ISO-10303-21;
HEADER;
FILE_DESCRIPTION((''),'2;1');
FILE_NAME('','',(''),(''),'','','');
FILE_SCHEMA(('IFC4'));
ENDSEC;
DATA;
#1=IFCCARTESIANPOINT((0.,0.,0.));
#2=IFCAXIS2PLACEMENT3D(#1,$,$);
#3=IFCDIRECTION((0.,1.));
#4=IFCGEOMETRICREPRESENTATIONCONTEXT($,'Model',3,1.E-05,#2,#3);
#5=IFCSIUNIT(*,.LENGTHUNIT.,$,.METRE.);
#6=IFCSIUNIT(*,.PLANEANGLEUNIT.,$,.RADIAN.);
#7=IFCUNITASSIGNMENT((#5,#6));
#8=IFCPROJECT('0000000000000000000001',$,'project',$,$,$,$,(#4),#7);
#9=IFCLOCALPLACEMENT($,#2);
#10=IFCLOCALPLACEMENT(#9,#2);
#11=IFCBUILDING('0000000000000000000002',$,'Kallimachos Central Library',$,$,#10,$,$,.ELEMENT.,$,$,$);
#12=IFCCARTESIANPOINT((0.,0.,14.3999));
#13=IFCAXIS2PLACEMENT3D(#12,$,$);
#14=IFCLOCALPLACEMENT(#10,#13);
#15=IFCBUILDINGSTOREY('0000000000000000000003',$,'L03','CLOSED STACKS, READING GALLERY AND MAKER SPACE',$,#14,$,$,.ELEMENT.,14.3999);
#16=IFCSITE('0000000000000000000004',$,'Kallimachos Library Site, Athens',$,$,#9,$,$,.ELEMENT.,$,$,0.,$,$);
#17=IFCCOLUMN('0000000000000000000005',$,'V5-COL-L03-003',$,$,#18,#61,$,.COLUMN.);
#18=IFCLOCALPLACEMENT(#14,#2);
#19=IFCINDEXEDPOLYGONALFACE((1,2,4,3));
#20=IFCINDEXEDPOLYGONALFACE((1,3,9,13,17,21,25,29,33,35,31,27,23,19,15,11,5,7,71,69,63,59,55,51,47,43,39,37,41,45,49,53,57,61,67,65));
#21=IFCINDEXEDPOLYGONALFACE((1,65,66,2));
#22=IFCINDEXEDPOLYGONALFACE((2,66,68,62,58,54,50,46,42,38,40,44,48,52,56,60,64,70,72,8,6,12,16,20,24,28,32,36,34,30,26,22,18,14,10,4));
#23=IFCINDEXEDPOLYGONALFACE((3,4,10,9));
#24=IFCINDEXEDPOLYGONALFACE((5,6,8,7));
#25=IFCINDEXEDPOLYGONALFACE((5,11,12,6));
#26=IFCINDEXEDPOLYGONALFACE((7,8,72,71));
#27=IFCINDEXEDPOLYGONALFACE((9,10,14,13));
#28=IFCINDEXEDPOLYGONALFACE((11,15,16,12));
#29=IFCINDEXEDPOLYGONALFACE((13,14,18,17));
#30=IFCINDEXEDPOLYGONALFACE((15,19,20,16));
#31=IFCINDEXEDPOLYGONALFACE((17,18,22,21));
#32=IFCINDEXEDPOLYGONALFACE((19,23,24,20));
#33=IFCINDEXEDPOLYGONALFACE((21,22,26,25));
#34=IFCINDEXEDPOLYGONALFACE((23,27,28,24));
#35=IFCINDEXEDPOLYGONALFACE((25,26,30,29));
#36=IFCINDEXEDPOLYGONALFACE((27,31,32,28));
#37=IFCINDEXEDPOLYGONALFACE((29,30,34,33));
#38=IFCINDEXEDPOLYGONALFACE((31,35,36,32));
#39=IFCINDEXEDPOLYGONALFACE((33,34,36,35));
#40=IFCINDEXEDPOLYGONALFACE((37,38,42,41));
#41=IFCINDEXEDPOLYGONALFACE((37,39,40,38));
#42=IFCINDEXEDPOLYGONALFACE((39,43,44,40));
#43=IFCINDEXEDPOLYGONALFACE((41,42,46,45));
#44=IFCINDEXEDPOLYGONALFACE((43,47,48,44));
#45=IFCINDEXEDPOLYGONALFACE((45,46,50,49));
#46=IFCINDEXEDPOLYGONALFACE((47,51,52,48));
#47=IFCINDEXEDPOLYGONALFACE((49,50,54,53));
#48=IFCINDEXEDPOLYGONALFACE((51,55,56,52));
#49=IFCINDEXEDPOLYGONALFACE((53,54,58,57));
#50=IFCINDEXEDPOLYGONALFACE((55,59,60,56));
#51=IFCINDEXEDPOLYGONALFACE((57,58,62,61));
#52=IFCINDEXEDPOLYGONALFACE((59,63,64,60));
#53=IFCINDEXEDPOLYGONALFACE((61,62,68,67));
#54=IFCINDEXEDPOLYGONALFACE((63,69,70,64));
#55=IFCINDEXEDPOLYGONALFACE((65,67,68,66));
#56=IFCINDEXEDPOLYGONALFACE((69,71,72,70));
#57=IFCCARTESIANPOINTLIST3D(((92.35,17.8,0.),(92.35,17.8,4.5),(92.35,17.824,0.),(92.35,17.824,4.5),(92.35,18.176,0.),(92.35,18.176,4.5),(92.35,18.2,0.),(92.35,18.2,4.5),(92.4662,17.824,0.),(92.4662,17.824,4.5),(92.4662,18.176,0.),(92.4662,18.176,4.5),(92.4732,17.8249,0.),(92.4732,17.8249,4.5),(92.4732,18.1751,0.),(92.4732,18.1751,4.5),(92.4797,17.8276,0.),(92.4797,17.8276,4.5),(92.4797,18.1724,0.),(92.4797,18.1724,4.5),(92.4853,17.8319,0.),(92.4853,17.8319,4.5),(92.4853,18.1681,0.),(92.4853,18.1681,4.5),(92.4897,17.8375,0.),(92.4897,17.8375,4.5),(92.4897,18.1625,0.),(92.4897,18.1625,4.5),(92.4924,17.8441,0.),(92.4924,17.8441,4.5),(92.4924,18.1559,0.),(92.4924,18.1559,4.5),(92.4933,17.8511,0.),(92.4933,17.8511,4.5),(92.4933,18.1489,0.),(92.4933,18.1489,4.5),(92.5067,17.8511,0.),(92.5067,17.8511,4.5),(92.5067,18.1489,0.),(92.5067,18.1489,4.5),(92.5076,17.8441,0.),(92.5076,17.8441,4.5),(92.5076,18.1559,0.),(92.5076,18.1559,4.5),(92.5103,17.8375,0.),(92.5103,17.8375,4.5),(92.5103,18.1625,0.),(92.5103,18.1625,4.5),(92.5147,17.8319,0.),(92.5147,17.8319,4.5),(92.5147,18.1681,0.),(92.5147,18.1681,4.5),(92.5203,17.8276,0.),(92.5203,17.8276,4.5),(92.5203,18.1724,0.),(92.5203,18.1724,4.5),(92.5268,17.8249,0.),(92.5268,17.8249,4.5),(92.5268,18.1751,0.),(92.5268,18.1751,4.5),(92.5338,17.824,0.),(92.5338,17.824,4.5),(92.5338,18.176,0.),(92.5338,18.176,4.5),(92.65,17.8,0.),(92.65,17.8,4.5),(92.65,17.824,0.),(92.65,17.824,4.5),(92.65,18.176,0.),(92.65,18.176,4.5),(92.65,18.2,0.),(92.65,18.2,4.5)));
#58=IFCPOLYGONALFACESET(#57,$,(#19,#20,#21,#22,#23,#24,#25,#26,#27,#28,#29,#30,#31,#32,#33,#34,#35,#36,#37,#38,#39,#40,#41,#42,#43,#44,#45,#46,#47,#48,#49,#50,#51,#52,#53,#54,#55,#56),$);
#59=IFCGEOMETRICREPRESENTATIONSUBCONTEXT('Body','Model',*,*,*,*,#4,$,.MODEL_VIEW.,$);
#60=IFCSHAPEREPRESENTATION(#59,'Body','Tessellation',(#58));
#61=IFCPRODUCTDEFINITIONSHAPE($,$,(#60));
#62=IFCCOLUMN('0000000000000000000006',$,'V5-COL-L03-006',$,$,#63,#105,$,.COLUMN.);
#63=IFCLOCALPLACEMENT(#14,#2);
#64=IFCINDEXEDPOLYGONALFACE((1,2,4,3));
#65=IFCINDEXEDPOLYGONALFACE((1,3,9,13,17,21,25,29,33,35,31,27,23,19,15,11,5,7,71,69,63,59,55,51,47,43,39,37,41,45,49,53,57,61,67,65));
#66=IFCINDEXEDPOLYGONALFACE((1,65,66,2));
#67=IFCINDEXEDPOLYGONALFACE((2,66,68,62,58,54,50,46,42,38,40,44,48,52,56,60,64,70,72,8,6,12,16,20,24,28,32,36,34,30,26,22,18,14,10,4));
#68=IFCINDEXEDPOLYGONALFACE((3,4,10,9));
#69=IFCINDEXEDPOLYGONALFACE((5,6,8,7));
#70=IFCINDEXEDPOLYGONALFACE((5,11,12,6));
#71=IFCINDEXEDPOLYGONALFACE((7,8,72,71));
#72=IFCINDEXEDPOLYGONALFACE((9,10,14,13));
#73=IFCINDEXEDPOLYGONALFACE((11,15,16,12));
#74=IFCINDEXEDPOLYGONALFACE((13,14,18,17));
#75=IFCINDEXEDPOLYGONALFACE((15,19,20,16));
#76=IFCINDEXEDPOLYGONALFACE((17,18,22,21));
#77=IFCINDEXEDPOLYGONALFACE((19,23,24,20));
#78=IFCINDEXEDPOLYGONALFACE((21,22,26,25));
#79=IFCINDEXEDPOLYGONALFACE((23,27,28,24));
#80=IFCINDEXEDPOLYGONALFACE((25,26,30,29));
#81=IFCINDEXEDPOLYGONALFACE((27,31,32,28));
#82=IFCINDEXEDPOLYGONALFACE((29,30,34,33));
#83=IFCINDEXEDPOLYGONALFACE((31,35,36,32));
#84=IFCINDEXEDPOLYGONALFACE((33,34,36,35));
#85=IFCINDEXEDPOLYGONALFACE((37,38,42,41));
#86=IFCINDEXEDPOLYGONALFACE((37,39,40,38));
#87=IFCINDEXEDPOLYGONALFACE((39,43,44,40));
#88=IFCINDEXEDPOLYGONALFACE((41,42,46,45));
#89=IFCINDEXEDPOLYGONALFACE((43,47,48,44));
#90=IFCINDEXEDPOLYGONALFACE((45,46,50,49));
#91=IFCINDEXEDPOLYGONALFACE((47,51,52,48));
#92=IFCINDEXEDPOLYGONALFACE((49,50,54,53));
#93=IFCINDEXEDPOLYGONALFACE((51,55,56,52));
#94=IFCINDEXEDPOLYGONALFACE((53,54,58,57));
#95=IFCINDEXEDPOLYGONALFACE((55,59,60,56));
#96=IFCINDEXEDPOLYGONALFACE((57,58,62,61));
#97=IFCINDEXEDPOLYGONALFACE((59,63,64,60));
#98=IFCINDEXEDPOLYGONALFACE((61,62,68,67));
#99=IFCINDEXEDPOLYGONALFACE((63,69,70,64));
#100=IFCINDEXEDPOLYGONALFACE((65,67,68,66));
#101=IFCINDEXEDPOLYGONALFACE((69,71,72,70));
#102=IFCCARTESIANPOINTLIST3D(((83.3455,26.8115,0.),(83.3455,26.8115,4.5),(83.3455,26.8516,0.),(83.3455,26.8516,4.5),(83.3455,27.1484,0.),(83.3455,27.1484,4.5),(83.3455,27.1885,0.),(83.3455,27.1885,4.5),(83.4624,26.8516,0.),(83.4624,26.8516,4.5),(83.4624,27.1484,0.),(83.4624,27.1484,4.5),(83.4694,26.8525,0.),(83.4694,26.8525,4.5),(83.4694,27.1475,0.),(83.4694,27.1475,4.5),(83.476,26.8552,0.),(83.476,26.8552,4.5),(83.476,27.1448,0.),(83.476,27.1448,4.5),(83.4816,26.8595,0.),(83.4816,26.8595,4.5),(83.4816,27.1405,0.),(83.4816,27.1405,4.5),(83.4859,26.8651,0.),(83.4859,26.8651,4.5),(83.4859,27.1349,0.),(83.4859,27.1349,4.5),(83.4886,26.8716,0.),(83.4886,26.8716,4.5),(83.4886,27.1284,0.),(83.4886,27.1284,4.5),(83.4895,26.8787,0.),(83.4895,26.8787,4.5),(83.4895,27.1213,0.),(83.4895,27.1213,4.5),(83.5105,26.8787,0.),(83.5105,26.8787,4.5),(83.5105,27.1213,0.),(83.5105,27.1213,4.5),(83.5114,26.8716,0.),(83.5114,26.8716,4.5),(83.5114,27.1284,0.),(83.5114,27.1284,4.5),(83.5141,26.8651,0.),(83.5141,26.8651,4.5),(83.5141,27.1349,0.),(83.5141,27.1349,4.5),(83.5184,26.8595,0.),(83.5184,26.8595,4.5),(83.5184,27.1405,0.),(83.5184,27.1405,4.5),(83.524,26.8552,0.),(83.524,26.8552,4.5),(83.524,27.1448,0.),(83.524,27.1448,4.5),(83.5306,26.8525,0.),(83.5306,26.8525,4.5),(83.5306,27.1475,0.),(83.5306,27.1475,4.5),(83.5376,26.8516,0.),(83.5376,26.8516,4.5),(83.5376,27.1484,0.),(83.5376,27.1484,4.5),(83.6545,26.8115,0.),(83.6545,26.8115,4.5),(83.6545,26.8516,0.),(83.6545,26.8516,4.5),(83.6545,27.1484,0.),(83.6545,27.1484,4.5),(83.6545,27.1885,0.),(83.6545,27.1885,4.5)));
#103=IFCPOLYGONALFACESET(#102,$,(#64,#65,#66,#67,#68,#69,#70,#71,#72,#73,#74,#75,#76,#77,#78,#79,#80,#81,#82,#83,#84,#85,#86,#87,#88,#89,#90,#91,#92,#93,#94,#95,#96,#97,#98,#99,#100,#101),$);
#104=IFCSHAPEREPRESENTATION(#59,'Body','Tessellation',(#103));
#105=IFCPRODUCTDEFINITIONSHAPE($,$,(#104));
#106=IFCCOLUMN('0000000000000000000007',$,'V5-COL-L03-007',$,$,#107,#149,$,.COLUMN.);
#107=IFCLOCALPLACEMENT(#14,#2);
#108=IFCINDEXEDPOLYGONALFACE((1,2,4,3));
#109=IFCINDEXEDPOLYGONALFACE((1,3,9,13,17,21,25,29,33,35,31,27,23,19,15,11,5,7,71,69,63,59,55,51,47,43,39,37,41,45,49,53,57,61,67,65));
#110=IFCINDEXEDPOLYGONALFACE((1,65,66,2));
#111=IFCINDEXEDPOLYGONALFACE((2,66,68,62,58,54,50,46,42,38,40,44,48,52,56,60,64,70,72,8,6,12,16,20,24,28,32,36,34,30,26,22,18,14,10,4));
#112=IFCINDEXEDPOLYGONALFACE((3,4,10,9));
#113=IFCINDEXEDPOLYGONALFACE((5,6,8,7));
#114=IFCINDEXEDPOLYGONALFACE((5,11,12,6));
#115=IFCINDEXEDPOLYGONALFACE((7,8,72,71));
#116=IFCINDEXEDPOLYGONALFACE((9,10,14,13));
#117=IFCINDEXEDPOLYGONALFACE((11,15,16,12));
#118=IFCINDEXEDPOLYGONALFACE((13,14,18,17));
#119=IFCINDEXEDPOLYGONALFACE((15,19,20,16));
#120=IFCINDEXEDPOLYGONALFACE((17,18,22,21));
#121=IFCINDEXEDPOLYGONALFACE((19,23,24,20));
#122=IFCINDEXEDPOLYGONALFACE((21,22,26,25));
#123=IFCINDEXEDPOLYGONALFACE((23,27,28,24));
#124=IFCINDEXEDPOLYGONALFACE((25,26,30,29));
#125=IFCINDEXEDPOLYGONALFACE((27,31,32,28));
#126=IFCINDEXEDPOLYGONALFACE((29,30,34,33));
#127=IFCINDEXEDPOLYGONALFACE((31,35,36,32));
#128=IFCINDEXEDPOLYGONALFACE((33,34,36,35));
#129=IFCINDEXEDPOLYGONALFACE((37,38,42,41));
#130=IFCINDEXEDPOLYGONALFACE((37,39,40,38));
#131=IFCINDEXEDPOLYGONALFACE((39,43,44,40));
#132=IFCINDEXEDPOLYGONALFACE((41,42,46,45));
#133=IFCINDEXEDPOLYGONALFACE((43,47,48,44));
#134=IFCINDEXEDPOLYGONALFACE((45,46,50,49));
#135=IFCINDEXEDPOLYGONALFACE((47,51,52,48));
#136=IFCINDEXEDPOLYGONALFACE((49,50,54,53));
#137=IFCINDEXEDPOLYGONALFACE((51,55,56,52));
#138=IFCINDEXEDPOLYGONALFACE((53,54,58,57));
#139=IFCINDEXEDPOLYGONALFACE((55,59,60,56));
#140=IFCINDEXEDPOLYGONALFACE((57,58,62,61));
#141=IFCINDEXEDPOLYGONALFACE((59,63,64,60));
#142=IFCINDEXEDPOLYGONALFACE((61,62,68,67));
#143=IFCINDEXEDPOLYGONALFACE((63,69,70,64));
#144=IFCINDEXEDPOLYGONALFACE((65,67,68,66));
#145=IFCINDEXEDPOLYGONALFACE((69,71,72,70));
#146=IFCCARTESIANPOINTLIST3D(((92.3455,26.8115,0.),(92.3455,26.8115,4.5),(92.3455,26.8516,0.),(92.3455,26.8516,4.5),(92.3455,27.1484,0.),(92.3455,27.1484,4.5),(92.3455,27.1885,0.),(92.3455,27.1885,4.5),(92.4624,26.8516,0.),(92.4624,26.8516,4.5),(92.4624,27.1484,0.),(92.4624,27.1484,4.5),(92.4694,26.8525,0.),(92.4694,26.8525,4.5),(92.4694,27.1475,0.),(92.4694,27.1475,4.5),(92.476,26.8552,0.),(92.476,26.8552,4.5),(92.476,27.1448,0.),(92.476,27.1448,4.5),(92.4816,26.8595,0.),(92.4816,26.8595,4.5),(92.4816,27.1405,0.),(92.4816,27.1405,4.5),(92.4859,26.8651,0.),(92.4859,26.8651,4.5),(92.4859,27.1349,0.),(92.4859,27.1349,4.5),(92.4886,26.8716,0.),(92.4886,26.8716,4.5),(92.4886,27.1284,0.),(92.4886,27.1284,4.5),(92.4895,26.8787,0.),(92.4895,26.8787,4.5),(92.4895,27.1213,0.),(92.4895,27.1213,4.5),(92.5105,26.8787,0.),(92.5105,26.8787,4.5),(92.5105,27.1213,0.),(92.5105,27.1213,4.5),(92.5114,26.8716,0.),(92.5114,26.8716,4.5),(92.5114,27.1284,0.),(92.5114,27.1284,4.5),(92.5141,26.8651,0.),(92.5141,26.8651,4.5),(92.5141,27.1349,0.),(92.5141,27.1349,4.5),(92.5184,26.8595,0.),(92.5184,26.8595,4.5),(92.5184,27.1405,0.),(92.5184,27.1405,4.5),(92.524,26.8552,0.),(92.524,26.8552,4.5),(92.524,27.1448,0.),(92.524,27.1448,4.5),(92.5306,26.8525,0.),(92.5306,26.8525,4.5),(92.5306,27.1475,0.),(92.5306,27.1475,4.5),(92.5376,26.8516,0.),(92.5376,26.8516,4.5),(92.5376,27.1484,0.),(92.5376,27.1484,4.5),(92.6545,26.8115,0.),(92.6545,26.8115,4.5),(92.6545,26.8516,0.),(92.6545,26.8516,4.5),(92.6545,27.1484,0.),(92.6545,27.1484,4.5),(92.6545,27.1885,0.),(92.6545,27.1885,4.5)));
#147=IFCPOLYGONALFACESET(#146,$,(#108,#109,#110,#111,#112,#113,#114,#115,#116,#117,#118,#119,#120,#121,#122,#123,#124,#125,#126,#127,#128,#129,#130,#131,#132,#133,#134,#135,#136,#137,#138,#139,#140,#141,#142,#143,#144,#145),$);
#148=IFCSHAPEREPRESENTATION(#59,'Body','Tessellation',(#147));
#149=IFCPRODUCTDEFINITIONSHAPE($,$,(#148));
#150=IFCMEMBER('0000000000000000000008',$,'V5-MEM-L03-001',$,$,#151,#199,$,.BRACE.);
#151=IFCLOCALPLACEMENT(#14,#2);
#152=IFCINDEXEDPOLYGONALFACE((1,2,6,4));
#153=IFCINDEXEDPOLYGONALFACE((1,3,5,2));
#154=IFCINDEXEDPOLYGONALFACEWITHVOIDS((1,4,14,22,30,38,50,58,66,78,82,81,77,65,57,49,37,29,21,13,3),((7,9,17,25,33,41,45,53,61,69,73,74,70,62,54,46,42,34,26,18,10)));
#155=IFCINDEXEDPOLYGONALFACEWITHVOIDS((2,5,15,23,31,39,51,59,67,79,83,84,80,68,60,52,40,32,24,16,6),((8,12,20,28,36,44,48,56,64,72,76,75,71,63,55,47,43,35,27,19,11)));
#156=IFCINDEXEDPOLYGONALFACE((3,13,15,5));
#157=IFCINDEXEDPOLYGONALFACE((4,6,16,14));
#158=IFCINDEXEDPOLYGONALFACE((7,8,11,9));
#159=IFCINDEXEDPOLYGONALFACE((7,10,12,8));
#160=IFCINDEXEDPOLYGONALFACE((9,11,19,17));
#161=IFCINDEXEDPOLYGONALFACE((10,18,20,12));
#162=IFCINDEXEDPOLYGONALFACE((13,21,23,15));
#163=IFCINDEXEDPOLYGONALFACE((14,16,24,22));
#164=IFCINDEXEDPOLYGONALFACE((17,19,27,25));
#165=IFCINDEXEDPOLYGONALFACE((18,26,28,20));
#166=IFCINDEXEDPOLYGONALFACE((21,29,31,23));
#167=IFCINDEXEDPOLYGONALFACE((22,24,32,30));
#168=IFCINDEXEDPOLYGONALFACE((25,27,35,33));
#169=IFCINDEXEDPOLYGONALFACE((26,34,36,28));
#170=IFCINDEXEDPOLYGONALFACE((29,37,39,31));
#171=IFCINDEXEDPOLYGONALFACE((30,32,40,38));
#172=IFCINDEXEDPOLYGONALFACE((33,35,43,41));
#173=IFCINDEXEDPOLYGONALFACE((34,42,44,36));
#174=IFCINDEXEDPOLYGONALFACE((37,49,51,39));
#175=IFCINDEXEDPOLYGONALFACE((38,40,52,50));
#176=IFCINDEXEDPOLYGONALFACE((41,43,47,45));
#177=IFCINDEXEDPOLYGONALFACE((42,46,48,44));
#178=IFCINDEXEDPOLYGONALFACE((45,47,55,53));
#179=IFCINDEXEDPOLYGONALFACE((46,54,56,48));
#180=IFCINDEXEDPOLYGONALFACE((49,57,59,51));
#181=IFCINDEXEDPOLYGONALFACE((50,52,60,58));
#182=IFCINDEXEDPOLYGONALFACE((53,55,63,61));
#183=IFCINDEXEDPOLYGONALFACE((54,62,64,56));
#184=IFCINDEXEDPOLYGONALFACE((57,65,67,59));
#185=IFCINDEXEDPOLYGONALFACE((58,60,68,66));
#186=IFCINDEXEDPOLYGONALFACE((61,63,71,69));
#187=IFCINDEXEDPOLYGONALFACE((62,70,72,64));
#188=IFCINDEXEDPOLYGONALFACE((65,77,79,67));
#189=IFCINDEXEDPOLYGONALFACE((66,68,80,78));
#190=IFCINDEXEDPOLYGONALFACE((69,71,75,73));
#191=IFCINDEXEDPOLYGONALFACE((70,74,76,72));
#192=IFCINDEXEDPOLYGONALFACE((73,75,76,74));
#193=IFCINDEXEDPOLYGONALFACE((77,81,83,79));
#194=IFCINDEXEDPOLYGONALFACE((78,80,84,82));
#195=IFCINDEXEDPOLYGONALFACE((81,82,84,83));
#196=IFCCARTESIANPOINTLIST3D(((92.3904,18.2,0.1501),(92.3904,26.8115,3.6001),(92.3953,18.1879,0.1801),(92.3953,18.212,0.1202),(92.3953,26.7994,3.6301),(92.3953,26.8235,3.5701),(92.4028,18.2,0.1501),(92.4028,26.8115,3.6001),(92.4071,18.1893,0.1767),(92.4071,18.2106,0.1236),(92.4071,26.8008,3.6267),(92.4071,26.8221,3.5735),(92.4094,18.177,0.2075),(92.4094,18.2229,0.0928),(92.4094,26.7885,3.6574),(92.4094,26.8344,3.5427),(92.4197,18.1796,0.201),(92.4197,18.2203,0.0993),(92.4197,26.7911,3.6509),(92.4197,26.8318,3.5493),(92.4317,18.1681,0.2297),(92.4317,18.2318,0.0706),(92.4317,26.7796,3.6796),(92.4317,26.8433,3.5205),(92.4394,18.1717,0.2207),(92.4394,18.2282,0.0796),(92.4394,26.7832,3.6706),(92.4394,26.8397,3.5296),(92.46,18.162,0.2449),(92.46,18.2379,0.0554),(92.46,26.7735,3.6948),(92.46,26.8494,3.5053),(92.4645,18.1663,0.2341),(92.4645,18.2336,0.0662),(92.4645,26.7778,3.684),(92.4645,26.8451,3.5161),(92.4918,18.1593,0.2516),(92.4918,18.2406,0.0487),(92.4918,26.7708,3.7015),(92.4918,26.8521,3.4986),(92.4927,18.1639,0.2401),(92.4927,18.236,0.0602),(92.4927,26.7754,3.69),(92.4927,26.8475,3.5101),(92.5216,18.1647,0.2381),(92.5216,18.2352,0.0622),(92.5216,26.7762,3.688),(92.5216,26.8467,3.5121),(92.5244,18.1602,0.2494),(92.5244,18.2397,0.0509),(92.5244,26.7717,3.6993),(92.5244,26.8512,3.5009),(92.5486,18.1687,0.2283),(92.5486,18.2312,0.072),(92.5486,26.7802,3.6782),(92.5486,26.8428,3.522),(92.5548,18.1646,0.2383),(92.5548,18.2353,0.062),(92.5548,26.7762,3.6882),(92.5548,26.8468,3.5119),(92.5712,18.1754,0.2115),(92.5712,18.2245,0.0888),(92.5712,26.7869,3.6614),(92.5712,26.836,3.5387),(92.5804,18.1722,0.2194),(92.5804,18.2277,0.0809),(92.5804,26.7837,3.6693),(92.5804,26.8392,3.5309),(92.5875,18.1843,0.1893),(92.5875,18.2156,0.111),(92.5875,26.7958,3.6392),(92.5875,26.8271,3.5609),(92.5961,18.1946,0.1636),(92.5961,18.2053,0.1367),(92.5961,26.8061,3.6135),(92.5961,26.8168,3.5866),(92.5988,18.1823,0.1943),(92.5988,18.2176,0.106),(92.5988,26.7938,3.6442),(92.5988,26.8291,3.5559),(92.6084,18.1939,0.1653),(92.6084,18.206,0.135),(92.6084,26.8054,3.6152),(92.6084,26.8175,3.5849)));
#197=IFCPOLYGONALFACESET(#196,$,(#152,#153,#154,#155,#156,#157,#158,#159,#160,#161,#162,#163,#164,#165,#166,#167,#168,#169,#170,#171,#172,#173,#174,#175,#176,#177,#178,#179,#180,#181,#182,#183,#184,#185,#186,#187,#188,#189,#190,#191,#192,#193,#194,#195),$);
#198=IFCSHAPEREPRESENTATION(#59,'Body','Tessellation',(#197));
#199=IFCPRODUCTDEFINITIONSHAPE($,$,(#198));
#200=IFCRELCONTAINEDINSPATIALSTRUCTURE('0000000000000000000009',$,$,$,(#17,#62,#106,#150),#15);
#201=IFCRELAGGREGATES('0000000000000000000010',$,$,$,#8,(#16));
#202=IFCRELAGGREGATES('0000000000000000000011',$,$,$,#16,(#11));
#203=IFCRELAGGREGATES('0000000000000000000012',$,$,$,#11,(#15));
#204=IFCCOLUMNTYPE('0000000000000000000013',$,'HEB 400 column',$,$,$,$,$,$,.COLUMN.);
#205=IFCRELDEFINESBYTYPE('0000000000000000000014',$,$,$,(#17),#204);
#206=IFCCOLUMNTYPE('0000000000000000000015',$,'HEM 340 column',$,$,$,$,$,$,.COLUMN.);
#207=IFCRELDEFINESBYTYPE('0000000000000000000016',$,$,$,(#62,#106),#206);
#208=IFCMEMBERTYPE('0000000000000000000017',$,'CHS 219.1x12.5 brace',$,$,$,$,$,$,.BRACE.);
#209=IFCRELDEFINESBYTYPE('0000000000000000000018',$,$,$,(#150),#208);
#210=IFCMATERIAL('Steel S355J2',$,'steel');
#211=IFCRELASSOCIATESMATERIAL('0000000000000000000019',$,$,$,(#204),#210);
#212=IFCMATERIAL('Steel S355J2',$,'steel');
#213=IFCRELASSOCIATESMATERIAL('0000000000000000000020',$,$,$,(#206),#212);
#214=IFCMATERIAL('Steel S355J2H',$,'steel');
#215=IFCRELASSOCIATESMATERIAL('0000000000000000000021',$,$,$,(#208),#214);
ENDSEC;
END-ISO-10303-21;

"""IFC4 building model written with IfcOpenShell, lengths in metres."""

from ifc_helpers import new_model, si_unit, direction, frame, origin, origin_2d, place, context, subcontext, project, spatial, hollow_circle, i_section, extrude, material, material_profile, profile_set, type_object, element, save


model = new_model("IFC4")

# Units and contexts
model_context = context("Model", 3, precision=1e-05, world=origin(), true_north=direction((0.0, 1.0)))
body_context = subcontext(model_context, "Body", "Model", "MODEL_VIEW")
ifc_project = project(units=[si_unit("LENGTHUNIT", "METRE"), si_unit("PLANEANGLEUNIT", "RADIAN")], contexts=[model_context])

# Site, building, storey
site_placement = place(None, origin())
site = spatial("IfcSite", under=ifc_project, at=site_placement, Name="Kallimachos Library Site, Athens", CompositionType="ELEMENT", RefElevation=0.0)
building_placement = place(site_placement, origin())
building = spatial("IfcBuilding", under=site, at=building_placement, Name="Kallimachos Central Library", CompositionType="ELEMENT")
storey_placement = place(building_placement, frame((0.0, 0.0, 14.3999)))
storey = spatial("IfcBuildingStorey", under=building, at=storey_placement, Name="L03", Description="CLOSED STACKS, READING GALLERY AND MAKER SPACE", CompositionType="ELEMENT", Elevation=14.3999)

# Columns
ifc_material_1 = material(Name="Steel S355J2", Category="steel")
ifc_material_profile_1 = material_profile(ifc_material_1, i_section(OverallWidth=0.3, OverallDepth=0.3999, WebThickness=0.0134, FlangeThickness=0.0239, FilletRadius=0.0271, at=origin_2d()), Name="HEB 400")
ifc_profile_set_1 = profile_set([ifc_material_profile_1], Name="Steel S355J2")
column_type_1 = type_object("IfcColumnType", Name="HEB 400 column", PredefinedType="COLUMN", material=ifc_profile_set_1)
column_placement = place(storey_placement, frame((92.5, 18.0, 0.0), z_axis=(0.0, 0.0, 1.0), x_axis=(1.0, 0.0, 0.0)))
element("IfcColumn", 1, at=column_placement, inside=storey, type_object=column_type_1, Name="V5-COL-L03-003", PredefinedType="COLUMN", context=body_context, shape_type="SweptSolid", body=[
    extrude(i_section(OverallWidth=0.3, OverallDepth=0.3999, WebThickness=0.0134, FlangeThickness=0.0239, FilletRadius=0.0271, at=origin_2d()), origin(), (0.0, 0.0, 1.0), 4.5),
])
ifc_material_2 = material(Name="Steel S355J2", Category="steel")
ifc_material_profile_2 = material_profile(ifc_material_2, i_section(OverallWidth=0.3091, OverallDepth=0.377, WebThickness=0.021, FlangeThickness=0.04, FilletRadius=0.0271, at=origin_2d()), Name="HEM 340")
ifc_profile_set_2 = profile_set([ifc_material_profile_2], Name="Steel S355J2")
column_type_2 = type_object("IfcColumnType", Name="HEM 340 column", PredefinedType="COLUMN", material=ifc_profile_set_2)
for number, where, z_axis, x_axis, name in (
    (2, (83.5, 27.0, 0.0), (0.0, 0.0, 1.0), (1.0, 0.0, 0.0), "V5-COL-L03-006"),
    (3, (92.5, 27.0, 0.0), (0.0, 0.0, 1.0), (1.0, 0.0, 0.0), "V5-COL-L03-007"),
):
    element("IfcColumn", number, at=place(storey_placement, frame(where, z_axis=z_axis, x_axis=x_axis)), inside=storey, type_object=column_type_2, Name=name, PredefinedType="COLUMN", context=body_context, shape_type="SweptSolid", body=[
        extrude(i_section(OverallWidth=0.3091, OverallDepth=0.377, WebThickness=0.021, FlangeThickness=0.04, FilletRadius=0.0271, at=origin_2d()), origin(), (0.0, 0.0, 1.0), 4.5),
    ])

# Member
ifc_material_3 = material(Name="Steel S355J2H", Category="steel")
ifc_material_profile_3 = material_profile(ifc_material_3, hollow_circle(Radius=0.1096, WallThickness=0.0125, at=origin_2d()), Name="CHS 219.1x12.5")
ifc_profile_set_3 = profile_set([ifc_material_profile_3], Name="Steel S355J2H")
member_type = type_object("IfcMemberType", Name="CHS 219.1x12.5 brace", PredefinedType="BRACE", material=ifc_profile_set_3)
member_placement = place(storey_placement, frame((92.5, 18.2, 0.1501), z_axis=(0.0, 0.928279, 0.371885), x_axis=(-1.0, 0.0, 0.0)))
element("IfcMember", 4, at=member_placement, inside=storey, type_object=member_type, Name="V5-MEM-L03-001", PredefinedType="BRACE", context=body_context, shape_type="SweptSolid", body=[
    extrude(hollow_circle(Radius=0.1096, WallThickness=0.0125, at=origin_2d()), origin(), (0.0, 0.0, 1.0), 9.2769),
])

save(model, "model.ifc")
